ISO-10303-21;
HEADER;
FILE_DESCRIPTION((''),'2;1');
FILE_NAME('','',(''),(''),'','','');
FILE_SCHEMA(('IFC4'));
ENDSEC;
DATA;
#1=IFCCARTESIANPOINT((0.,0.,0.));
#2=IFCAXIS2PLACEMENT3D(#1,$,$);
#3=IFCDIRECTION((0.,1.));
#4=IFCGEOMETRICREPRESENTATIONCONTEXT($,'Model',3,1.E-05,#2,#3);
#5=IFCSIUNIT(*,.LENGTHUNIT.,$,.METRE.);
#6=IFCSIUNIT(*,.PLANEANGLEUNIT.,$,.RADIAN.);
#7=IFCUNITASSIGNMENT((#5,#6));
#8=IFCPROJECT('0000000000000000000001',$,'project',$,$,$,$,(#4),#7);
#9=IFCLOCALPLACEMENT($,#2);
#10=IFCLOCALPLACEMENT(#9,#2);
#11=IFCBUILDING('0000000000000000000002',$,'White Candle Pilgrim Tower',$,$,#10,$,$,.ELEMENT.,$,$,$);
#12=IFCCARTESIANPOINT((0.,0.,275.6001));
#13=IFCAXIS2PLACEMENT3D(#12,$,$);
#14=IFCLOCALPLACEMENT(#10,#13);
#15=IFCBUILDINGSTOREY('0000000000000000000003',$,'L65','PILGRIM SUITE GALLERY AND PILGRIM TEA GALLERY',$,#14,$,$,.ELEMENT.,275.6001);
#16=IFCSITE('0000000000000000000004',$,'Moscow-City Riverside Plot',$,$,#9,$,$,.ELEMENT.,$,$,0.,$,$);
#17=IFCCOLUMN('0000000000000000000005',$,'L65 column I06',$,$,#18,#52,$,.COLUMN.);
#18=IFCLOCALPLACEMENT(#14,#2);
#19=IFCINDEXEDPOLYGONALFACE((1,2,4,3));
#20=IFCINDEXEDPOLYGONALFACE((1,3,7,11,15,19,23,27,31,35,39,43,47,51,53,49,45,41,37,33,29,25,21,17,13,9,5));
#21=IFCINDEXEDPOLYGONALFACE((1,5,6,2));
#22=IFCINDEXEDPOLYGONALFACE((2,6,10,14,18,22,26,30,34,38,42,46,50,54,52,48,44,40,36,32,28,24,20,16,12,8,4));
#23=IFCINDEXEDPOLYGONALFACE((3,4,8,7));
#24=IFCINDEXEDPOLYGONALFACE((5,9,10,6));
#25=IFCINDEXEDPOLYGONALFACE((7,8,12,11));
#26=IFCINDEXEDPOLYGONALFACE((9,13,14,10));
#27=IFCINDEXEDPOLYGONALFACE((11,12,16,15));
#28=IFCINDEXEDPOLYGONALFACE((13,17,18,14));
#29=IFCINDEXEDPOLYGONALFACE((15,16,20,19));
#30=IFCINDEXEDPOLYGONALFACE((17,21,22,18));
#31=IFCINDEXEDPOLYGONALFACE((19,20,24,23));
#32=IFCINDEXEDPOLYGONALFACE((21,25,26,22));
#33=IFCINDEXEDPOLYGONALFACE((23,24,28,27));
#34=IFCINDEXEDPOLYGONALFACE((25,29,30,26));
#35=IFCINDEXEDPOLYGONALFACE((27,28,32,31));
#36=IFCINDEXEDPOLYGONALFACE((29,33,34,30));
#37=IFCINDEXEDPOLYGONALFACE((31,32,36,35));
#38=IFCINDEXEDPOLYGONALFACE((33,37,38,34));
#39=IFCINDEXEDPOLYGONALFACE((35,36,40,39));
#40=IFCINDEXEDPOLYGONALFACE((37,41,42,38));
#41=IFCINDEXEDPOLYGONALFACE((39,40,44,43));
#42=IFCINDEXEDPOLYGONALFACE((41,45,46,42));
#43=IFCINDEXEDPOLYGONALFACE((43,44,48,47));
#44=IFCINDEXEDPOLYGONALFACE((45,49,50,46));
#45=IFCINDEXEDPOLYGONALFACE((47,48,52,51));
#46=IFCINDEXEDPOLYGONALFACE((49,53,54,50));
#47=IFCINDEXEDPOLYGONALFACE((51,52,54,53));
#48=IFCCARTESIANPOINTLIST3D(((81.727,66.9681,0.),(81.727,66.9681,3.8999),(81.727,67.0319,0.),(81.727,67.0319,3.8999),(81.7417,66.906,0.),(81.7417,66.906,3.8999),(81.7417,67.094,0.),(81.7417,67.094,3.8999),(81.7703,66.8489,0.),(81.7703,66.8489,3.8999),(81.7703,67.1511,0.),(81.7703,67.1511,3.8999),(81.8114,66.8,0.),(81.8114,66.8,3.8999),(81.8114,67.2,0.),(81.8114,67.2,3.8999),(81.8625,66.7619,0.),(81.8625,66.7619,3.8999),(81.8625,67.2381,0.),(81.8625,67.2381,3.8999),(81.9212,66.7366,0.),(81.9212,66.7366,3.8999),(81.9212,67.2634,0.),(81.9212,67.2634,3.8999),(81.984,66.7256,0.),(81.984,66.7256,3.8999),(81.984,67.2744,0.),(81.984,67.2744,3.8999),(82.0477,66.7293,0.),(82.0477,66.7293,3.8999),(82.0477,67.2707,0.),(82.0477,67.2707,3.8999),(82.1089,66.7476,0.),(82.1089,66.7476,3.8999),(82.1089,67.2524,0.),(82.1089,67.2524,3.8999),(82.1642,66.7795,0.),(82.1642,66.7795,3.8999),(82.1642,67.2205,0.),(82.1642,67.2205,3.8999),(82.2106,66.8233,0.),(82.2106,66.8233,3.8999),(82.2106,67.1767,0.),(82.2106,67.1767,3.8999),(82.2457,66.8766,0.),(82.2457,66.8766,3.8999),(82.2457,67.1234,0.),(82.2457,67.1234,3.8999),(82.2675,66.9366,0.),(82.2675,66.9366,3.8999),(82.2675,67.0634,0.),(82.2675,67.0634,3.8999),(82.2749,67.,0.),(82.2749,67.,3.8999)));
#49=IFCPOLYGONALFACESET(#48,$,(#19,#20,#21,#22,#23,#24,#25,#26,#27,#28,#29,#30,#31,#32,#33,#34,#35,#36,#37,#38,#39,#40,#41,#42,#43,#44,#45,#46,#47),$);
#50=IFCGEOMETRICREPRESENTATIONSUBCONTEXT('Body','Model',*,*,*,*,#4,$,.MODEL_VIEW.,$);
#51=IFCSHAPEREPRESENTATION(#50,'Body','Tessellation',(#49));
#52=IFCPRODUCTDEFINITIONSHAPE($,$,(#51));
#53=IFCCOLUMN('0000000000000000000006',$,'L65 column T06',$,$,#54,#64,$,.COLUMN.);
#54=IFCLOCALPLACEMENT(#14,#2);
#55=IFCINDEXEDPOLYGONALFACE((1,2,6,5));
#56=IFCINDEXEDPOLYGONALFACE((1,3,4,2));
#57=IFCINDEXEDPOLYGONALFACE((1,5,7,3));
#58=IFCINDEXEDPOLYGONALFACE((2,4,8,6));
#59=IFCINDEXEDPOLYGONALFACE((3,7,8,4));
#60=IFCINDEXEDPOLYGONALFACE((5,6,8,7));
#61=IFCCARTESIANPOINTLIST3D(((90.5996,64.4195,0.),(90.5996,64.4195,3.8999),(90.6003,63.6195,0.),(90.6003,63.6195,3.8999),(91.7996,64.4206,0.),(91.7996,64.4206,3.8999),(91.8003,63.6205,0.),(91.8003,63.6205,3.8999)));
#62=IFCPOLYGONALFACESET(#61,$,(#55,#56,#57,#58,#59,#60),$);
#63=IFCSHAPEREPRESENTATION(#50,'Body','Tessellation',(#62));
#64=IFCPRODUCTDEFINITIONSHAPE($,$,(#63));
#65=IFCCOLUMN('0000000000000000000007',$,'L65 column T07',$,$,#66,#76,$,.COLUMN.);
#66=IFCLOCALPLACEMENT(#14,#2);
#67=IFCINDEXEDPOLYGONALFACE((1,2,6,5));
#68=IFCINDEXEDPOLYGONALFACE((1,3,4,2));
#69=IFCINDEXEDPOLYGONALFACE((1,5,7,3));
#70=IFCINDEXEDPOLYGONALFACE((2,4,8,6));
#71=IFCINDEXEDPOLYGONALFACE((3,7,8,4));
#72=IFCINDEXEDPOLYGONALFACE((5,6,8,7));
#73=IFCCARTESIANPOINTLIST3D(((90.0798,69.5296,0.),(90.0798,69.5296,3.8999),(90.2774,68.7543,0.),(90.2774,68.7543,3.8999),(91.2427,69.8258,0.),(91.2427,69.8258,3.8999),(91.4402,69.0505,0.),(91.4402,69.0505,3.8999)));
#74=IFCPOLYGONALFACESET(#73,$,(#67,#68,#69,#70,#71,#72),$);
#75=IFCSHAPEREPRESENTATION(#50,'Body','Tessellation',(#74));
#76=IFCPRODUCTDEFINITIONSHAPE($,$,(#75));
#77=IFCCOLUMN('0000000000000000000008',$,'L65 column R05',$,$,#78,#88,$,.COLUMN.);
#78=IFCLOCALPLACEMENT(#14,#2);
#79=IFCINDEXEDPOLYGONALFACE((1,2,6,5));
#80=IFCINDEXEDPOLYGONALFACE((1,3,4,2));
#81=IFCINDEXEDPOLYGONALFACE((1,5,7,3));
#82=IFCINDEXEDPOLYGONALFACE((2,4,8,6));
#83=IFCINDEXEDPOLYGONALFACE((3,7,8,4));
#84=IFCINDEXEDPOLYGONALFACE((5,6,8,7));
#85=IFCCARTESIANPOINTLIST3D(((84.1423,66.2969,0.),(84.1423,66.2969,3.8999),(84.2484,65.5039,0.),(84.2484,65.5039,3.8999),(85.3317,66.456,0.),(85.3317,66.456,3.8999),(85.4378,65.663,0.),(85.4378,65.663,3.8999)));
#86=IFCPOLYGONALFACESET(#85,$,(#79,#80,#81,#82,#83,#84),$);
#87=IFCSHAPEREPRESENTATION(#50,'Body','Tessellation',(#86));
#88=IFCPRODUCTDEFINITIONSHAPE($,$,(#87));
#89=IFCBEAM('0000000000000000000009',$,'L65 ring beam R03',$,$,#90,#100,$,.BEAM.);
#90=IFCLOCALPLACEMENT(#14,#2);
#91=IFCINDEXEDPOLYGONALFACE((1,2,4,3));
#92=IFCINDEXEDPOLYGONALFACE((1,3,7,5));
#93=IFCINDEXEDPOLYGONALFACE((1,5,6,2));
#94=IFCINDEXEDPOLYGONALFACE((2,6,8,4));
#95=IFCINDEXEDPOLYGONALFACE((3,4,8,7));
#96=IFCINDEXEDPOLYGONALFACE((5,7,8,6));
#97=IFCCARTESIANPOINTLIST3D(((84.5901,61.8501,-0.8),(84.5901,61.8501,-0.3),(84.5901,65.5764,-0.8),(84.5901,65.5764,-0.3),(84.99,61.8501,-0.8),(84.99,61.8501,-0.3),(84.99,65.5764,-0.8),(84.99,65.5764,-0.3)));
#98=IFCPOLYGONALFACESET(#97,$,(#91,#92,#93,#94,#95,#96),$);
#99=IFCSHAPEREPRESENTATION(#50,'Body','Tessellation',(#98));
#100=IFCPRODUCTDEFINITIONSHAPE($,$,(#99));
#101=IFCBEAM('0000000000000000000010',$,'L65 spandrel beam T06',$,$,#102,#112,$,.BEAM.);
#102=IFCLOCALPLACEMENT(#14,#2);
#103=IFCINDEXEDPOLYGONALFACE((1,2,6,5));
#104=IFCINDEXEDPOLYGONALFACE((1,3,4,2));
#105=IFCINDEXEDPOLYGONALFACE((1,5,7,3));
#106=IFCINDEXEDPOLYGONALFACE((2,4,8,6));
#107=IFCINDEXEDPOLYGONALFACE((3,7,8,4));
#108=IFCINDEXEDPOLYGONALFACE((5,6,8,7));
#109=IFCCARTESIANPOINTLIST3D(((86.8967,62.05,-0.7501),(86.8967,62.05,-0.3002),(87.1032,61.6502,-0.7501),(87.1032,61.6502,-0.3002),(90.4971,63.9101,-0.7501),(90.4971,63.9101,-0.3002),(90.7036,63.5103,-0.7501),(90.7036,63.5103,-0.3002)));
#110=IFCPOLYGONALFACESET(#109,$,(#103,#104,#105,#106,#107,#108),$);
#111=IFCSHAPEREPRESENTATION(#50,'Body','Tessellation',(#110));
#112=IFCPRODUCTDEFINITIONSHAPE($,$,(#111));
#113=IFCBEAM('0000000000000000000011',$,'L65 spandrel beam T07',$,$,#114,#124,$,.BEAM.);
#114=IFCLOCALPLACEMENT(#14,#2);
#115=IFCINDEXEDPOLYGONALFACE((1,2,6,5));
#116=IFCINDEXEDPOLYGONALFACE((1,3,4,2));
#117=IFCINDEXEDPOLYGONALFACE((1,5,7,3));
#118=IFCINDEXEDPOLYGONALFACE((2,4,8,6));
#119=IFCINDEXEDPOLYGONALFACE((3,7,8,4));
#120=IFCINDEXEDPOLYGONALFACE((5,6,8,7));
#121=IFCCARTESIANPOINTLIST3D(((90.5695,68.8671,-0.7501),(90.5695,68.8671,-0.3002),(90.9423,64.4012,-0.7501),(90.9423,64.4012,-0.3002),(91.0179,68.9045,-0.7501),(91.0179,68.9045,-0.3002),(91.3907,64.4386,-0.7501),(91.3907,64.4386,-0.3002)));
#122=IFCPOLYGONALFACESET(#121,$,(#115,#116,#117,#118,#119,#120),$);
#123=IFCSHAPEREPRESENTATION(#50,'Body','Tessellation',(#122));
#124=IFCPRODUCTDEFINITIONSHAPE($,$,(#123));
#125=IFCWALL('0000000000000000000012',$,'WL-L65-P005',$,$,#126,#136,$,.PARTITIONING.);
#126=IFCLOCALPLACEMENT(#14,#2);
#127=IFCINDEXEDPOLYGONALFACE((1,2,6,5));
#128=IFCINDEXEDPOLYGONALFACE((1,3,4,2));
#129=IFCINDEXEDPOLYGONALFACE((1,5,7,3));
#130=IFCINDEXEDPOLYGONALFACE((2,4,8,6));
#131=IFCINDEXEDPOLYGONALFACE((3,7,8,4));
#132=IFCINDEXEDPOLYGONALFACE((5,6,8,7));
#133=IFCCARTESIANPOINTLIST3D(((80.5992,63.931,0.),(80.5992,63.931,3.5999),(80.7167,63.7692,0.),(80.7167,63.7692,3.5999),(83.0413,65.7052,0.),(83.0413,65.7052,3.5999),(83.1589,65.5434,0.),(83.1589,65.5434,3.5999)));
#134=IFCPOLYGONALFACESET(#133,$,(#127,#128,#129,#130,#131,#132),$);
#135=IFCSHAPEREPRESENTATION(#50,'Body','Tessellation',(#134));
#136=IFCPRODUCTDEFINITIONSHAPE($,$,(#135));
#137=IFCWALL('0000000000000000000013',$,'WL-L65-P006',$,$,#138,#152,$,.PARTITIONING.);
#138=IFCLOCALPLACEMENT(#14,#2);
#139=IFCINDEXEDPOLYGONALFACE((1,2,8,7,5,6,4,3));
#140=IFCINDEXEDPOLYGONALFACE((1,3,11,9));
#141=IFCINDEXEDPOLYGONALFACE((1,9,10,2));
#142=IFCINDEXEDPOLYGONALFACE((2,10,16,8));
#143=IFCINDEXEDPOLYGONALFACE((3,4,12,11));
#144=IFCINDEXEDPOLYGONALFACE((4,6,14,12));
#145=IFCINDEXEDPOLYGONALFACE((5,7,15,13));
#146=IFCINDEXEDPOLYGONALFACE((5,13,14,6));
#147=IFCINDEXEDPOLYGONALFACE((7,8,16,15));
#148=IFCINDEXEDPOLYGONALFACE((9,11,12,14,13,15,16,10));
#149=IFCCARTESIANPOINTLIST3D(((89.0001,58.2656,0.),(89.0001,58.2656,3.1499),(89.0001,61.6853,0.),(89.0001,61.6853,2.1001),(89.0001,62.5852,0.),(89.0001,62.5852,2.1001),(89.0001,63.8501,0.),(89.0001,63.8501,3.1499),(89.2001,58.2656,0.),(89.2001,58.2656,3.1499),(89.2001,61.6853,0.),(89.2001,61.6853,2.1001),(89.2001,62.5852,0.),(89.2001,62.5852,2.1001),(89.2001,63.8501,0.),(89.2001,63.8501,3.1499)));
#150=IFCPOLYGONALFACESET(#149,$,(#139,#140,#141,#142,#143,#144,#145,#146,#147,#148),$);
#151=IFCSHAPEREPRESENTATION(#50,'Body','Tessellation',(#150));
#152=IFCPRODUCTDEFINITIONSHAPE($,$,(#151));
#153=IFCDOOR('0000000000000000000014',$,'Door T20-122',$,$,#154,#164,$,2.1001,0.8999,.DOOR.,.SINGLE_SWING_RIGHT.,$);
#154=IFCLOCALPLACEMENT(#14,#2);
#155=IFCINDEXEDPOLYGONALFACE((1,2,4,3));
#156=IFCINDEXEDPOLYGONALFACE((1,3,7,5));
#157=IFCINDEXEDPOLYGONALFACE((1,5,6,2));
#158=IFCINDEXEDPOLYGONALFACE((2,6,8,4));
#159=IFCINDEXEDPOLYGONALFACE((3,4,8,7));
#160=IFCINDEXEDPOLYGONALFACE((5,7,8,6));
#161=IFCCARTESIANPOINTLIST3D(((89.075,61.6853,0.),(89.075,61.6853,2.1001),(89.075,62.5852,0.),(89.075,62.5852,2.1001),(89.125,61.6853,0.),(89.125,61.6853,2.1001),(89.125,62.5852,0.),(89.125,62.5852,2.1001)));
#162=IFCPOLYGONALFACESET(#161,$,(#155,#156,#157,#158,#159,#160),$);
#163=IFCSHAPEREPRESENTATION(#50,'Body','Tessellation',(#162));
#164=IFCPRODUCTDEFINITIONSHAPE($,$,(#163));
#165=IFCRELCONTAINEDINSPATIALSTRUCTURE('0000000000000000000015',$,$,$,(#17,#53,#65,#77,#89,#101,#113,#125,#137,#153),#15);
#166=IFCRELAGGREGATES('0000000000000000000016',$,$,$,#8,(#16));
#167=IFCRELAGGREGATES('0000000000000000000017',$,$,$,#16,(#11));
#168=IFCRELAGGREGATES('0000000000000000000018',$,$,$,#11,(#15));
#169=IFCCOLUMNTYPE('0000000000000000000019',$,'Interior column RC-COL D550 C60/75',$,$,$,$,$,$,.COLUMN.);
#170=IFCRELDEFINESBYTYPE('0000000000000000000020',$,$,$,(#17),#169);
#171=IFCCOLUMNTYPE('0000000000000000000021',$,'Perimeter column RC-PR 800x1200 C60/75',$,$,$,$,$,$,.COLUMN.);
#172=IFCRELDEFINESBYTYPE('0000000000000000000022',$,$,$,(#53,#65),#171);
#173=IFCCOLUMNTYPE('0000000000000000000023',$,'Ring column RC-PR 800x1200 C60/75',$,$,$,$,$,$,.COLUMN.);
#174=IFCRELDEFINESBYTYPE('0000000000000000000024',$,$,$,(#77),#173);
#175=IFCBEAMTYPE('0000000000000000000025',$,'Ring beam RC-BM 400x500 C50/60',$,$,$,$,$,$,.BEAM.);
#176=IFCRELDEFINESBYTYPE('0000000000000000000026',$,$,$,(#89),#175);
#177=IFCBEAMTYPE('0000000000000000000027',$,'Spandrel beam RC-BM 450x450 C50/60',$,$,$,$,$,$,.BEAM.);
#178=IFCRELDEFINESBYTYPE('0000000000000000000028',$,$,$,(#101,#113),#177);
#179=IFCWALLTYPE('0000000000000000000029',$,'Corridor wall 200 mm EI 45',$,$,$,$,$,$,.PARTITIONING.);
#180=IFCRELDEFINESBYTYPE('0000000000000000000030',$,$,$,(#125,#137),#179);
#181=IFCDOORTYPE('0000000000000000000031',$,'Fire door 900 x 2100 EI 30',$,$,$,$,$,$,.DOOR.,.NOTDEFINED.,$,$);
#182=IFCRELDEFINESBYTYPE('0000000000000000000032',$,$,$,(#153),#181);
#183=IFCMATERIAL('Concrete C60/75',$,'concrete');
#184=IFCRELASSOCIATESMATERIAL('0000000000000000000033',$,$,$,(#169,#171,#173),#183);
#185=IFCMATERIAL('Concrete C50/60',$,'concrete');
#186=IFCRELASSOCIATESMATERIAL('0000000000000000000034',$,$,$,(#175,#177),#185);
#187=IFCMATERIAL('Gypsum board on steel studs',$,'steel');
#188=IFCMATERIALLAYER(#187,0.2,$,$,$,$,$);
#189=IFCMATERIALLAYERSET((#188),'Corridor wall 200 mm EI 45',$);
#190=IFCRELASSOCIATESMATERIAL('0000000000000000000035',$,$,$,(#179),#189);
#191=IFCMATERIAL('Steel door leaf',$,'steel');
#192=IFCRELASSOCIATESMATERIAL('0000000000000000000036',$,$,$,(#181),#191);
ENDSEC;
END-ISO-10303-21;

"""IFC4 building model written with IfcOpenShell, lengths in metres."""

from ifc_helpers import new_model, si_unit, direction, frame, frame_2d, origin, origin_2d, place, context, subcontext, project, spatial, rectangle, circle, extrude, material, layer, layer_set, material_profile, profile_set, type_object, element, fill, save


model = new_model("IFC4")

# Units and contexts
model_context = context("Model", 3, precision=1e-05, world=origin(), true_north=direction((0.0, 1.0)))
body_context = subcontext(model_context, "Body", "Model", "MODEL_VIEW")
ifc_project = project(units=[si_unit("LENGTHUNIT", "METRE"), si_unit("PLANEANGLEUNIT", "RADIAN")], contexts=[model_context])

# Site, building, storey
site_placement = place(None, origin())
site = spatial("IfcSite", under=ifc_project, at=site_placement, Name="Moscow-City Riverside Plot", CompositionType="ELEMENT", RefElevation=0.0)
building_placement = place(site_placement, origin())
building = spatial("IfcBuilding", under=site, at=building_placement, Name="White Candle Pilgrim Tower", CompositionType="ELEMENT")
storey_placement = place(building_placement, frame((0.0, 0.0, 275.6001)))
storey = spatial("IfcBuildingStorey", under=building, at=storey_placement, Name="L65", Description="PILGRIM SUITE GALLERY AND PILGRIM TEA GALLERY", CompositionType="ELEMENT", Elevation=275.6001)

# Columns
ifc_material_1 = material(Name="Concrete C60/75", Category="concrete")
ifc_material_profile_1 = material_profile(ifc_material_1, circle(Radius=0.2749, at=origin_2d()), Name="RC-COL D550")
ifc_profile_set_1 = profile_set([ifc_material_profile_1], Name="Concrete C60/75")
column_type_1 = type_object("IfcColumnType", Name="Interior column RC-COL D550 C60/75", PredefinedType="COLUMN", material=ifc_profile_set_1)
column_1_placement = place(storey_placement, frame((82.0, 67.0, 0.0), z_axis=(0.0, 0.0, 1.0), x_axis=(1.0, 0.0, 0.0)))
element("IfcColumn", 1, at=column_1_placement, inside=storey, type_object=column_type_1, Name="L65 column I06", PredefinedType="COLUMN", context=body_context, shape_type="SweptSolid", body=[
    extrude(circle(Radius=0.2749, at=origin_2d()), origin(), (0.0, 0.0, 1.0), 3.8999),
])
ifc_material_profile_2 = material_profile(ifc_material_1, rectangle(XDim=0.8, YDim=1.2, at=origin_2d()), Name="RC-PR 800x1200")
ifc_profile_set_2 = profile_set([ifc_material_profile_2], Name="Concrete C60/75")
column_type_2 = type_object("IfcColumnType", Name="Perimeter column RC-PR 800x1200 C60/75", PredefinedType="COLUMN", material=ifc_profile_set_2)
for number, where, z_axis, x_axis, name in (
    (2, (91.2, 64.02, 0.0), (0.0, 0.0, 1.0), (0.000855, -1.0, 0.0), "L65 column T06"),
    (3, (90.76, 69.29, 0.0), (0.0, 0.0, 1.0), (0.246881, -0.969046, 0.0), "L65 column T07"),
):
    element("IfcColumn", number, at=place(storey_placement, frame(where, z_axis=z_axis, x_axis=x_axis)), inside=storey, type_object=column_type_2, Name=name, PredefinedType="COLUMN", context=body_context, shape_type="SweptSolid", body=[
        extrude(rectangle(XDim=0.8, YDim=1.2, at=origin_2d()), origin(), (0.0, 0.0, 1.0), 3.8999),
    ])
ifc_material_profile_3 = material_profile(ifc_material_1, rectangle(XDim=0.8, YDim=1.2, at=origin_2d()), Name="RC-PR 800x1200")
ifc_profile_set_3 = profile_set([ifc_material_profile_3], Name="Concrete C60/75")
column_type_3 = type_object("IfcColumnType", Name="Ring column RC-PR 800x1200 C60/75", PredefinedType="COLUMN", material=ifc_profile_set_3)
column_2_placement = place(storey_placement, frame((84.79, 65.98, 0.0), z_axis=(0.0, 0.0, 1.0), x_axis=(0.132602, -0.991169, 0.0)))
element("IfcColumn", 4, at=column_2_placement, inside=storey, type_object=column_type_3, Name="L65 column R05", PredefinedType="COLUMN", context=body_context, shape_type="SweptSolid", body=[
    extrude(rectangle(XDim=0.8, YDim=1.2, at=origin_2d()), origin(), (0.0, 0.0, 1.0), 3.8999),
])

# Beams
ifc_material_2 = material(Name="Concrete C50/60", Category="concrete")
ifc_material_profile_4 = material_profile(ifc_material_2, rectangle(XDim=0.3999, YDim=0.5, at=origin_2d()), Name="RC-BM 400x500")
ifc_profile_set_4 = profile_set([ifc_material_profile_4], Name="Concrete C50/60")
beam_type_1 = type_object("IfcBeamType", Name="Ring beam RC-BM 400x500 C50/60", PredefinedType="BEAM", material=ifc_profile_set_4)
beam_1_placement = place(storey_placement, frame((84.79, 65.5764, -0.55), z_axis=(0.0, -1.0, 0.0), x_axis=(1.0, 0.0, 0.0)))
element("IfcBeam", 5, at=beam_1_placement, inside=storey, type_object=beam_type_1, Name="L65 ring beam R03", PredefinedType="BEAM", context=body_context, shape_type="SweptSolid", body=[
    extrude(rectangle(XDim=0.3999, YDim=0.5, at=origin_2d()), origin(), (0.0, 0.0, 1.0), 3.7263),
])
ifc_material_profile_5 = material_profile(ifc_material_2, rectangle(XDim=0.45, YDim=0.45, at=origin_2d()), Name="RC-BM 450x450")
ifc_profile_set_5 = profile_set([ifc_material_profile_5], Name="Concrete C50/60")
beam_type_2 = type_object("IfcBeamType", Name="Spandrel beam RC-BM 450x450 C50/60", PredefinedType="BEAM", material=ifc_profile_set_5)
beam_2_placement = place(storey_placement, frame((90.6003, 63.7102, -0.5251), z_axis=(-0.888433, -0.459007, 0.0), x_axis=(0.459007, -0.888433, 0.0)))
element("IfcBeam", 6, at=beam_2_placement, inside=storey, type_object=beam_type_2, Name="L65 spandrel beam T06", PredefinedType="BEAM", context=body_context, shape_type="SweptSolid", body=[
    extrude(rectangle(XDim=0.45, YDim=0.45, at=origin_2d()), origin(), (0.0, 0.0, 1.0), 4.0525),
])
beam_3_placement = place(storey_placement, frame((91.1665, 64.4199, -0.5251), z_axis=(-0.08319, 0.996534, 0.0), x_axis=(-0.996534, -0.08319, 0.0)))
element("IfcBeam", 7, at=beam_3_placement, inside=storey, type_object=beam_type_2, Name="L65 spandrel beam T07", PredefinedType="BEAM", context=body_context, shape_type="SweptSolid", body=[
    extrude(rectangle(XDim=0.45, YDim=0.45, at=origin_2d()), origin(), (0.0, 0.0, 1.0), 4.4814),
])

# Wall
ifc_material_3 = material(Name="Gypsum board on steel studs", Category="steel")
ifc_layer_1 = layer(ifc_material_3, 0.2)
ifc_layer_set_1 = layer_set([ifc_layer_1], Name="Corridor wall 200 mm EI 45")
wall_type_1 = type_object("IfcWallType", Name="Corridor wall 200 mm EI 45", PredefinedType="PARTITIONING", material=ifc_layer_set_1)
wall_1_placement = place(storey_placement, frame((83.1001, 65.6243, 0.0), z_axis=(0.0, 0.0, 1.0), x_axis=(-0.80904, -0.587753, 0.0)))
element("IfcWall", 8, at=wall_1_placement, inside=storey, type_object=wall_type_1, Name="WL-L65-P005", PredefinedType="PARTITIONING", context=body_context, shape_type="SweptSolid", body=[
    extrude(rectangle(XDim=3.0186, YDim=0.2, at=frame_2d((1.5093, 0.0))), origin(), (0.0, 0.0, 1.0), 3.5999),
])

# Wall, opening, door
wall_2_placement = place(storey_placement, frame((89.1001, 63.8501, 0.0), z_axis=(0.0, 0.0, 1.0), x_axis=(0.0, -1.0, 0.0)))
wall_2 = element("IfcWall", 9, at=wall_2_placement, inside=storey, type_object=wall_type_1, Name="WL-L65-P006", PredefinedType="PARTITIONING", context=body_context, shape_type="SweptSolid", body=[
    extrude(rectangle(XDim=5.5845, YDim=0.2, at=frame_2d((2.7922, 0.0))), origin(), (0.0, 0.0, 1.0), 3.1499),
])
opening_1_placement = place(wall_2_placement, frame((1.2649, 0.0, 0.0)))
opening_1 = element("IfcOpeningElement", 10, at=opening_1_placement, cuts=wall_2, PredefinedType="OPENING", context=body_context, shape_type="SweptSolid", body=[
    extrude(rectangle(XDim=0.8999, YDim=2.1001, at=frame_2d((0.45, 1.05))), frame((0.0, 0.1099, 0.0), z_axis=(0.0, -1.0, 0.0), x_axis=(1.0, 0.0, 0.0)), (0.0, 0.0, 1.0), 0.22),
])
ifc_material_4 = material(Name="Steel door leaf", Category="steel")
door_type = type_object("IfcDoorType", Name="Fire door 900 x 2100 EI 30", OperationType="NOTDEFINED", PredefinedType="DOOR", material=ifc_material_4)
door_1_placement = place(opening_1_placement, origin())
door_1 = element("IfcDoor", 11, at=door_1_placement, inside=storey, type_object=door_type, Name="Door T20-122", OperationType="SINGLE_SWING_RIGHT", OverallHeight=2.1001, OverallWidth=0.8999, PredefinedType="DOOR", context=body_context, shape_type="SweptSolid", body=[
    extrude(rectangle(XDim=0.8999, YDim=2.1001, at=frame_2d((0.45, 1.05))), frame((0.0, 0.0249, 0.0), z_axis=(0.0, -1.0, 0.0), x_axis=(1.0, 0.0, 0.0)), (0.0, 0.0, 1.0), 0.05),
])
fill(opening_1, door_1)

save(model, "model.ifc")
